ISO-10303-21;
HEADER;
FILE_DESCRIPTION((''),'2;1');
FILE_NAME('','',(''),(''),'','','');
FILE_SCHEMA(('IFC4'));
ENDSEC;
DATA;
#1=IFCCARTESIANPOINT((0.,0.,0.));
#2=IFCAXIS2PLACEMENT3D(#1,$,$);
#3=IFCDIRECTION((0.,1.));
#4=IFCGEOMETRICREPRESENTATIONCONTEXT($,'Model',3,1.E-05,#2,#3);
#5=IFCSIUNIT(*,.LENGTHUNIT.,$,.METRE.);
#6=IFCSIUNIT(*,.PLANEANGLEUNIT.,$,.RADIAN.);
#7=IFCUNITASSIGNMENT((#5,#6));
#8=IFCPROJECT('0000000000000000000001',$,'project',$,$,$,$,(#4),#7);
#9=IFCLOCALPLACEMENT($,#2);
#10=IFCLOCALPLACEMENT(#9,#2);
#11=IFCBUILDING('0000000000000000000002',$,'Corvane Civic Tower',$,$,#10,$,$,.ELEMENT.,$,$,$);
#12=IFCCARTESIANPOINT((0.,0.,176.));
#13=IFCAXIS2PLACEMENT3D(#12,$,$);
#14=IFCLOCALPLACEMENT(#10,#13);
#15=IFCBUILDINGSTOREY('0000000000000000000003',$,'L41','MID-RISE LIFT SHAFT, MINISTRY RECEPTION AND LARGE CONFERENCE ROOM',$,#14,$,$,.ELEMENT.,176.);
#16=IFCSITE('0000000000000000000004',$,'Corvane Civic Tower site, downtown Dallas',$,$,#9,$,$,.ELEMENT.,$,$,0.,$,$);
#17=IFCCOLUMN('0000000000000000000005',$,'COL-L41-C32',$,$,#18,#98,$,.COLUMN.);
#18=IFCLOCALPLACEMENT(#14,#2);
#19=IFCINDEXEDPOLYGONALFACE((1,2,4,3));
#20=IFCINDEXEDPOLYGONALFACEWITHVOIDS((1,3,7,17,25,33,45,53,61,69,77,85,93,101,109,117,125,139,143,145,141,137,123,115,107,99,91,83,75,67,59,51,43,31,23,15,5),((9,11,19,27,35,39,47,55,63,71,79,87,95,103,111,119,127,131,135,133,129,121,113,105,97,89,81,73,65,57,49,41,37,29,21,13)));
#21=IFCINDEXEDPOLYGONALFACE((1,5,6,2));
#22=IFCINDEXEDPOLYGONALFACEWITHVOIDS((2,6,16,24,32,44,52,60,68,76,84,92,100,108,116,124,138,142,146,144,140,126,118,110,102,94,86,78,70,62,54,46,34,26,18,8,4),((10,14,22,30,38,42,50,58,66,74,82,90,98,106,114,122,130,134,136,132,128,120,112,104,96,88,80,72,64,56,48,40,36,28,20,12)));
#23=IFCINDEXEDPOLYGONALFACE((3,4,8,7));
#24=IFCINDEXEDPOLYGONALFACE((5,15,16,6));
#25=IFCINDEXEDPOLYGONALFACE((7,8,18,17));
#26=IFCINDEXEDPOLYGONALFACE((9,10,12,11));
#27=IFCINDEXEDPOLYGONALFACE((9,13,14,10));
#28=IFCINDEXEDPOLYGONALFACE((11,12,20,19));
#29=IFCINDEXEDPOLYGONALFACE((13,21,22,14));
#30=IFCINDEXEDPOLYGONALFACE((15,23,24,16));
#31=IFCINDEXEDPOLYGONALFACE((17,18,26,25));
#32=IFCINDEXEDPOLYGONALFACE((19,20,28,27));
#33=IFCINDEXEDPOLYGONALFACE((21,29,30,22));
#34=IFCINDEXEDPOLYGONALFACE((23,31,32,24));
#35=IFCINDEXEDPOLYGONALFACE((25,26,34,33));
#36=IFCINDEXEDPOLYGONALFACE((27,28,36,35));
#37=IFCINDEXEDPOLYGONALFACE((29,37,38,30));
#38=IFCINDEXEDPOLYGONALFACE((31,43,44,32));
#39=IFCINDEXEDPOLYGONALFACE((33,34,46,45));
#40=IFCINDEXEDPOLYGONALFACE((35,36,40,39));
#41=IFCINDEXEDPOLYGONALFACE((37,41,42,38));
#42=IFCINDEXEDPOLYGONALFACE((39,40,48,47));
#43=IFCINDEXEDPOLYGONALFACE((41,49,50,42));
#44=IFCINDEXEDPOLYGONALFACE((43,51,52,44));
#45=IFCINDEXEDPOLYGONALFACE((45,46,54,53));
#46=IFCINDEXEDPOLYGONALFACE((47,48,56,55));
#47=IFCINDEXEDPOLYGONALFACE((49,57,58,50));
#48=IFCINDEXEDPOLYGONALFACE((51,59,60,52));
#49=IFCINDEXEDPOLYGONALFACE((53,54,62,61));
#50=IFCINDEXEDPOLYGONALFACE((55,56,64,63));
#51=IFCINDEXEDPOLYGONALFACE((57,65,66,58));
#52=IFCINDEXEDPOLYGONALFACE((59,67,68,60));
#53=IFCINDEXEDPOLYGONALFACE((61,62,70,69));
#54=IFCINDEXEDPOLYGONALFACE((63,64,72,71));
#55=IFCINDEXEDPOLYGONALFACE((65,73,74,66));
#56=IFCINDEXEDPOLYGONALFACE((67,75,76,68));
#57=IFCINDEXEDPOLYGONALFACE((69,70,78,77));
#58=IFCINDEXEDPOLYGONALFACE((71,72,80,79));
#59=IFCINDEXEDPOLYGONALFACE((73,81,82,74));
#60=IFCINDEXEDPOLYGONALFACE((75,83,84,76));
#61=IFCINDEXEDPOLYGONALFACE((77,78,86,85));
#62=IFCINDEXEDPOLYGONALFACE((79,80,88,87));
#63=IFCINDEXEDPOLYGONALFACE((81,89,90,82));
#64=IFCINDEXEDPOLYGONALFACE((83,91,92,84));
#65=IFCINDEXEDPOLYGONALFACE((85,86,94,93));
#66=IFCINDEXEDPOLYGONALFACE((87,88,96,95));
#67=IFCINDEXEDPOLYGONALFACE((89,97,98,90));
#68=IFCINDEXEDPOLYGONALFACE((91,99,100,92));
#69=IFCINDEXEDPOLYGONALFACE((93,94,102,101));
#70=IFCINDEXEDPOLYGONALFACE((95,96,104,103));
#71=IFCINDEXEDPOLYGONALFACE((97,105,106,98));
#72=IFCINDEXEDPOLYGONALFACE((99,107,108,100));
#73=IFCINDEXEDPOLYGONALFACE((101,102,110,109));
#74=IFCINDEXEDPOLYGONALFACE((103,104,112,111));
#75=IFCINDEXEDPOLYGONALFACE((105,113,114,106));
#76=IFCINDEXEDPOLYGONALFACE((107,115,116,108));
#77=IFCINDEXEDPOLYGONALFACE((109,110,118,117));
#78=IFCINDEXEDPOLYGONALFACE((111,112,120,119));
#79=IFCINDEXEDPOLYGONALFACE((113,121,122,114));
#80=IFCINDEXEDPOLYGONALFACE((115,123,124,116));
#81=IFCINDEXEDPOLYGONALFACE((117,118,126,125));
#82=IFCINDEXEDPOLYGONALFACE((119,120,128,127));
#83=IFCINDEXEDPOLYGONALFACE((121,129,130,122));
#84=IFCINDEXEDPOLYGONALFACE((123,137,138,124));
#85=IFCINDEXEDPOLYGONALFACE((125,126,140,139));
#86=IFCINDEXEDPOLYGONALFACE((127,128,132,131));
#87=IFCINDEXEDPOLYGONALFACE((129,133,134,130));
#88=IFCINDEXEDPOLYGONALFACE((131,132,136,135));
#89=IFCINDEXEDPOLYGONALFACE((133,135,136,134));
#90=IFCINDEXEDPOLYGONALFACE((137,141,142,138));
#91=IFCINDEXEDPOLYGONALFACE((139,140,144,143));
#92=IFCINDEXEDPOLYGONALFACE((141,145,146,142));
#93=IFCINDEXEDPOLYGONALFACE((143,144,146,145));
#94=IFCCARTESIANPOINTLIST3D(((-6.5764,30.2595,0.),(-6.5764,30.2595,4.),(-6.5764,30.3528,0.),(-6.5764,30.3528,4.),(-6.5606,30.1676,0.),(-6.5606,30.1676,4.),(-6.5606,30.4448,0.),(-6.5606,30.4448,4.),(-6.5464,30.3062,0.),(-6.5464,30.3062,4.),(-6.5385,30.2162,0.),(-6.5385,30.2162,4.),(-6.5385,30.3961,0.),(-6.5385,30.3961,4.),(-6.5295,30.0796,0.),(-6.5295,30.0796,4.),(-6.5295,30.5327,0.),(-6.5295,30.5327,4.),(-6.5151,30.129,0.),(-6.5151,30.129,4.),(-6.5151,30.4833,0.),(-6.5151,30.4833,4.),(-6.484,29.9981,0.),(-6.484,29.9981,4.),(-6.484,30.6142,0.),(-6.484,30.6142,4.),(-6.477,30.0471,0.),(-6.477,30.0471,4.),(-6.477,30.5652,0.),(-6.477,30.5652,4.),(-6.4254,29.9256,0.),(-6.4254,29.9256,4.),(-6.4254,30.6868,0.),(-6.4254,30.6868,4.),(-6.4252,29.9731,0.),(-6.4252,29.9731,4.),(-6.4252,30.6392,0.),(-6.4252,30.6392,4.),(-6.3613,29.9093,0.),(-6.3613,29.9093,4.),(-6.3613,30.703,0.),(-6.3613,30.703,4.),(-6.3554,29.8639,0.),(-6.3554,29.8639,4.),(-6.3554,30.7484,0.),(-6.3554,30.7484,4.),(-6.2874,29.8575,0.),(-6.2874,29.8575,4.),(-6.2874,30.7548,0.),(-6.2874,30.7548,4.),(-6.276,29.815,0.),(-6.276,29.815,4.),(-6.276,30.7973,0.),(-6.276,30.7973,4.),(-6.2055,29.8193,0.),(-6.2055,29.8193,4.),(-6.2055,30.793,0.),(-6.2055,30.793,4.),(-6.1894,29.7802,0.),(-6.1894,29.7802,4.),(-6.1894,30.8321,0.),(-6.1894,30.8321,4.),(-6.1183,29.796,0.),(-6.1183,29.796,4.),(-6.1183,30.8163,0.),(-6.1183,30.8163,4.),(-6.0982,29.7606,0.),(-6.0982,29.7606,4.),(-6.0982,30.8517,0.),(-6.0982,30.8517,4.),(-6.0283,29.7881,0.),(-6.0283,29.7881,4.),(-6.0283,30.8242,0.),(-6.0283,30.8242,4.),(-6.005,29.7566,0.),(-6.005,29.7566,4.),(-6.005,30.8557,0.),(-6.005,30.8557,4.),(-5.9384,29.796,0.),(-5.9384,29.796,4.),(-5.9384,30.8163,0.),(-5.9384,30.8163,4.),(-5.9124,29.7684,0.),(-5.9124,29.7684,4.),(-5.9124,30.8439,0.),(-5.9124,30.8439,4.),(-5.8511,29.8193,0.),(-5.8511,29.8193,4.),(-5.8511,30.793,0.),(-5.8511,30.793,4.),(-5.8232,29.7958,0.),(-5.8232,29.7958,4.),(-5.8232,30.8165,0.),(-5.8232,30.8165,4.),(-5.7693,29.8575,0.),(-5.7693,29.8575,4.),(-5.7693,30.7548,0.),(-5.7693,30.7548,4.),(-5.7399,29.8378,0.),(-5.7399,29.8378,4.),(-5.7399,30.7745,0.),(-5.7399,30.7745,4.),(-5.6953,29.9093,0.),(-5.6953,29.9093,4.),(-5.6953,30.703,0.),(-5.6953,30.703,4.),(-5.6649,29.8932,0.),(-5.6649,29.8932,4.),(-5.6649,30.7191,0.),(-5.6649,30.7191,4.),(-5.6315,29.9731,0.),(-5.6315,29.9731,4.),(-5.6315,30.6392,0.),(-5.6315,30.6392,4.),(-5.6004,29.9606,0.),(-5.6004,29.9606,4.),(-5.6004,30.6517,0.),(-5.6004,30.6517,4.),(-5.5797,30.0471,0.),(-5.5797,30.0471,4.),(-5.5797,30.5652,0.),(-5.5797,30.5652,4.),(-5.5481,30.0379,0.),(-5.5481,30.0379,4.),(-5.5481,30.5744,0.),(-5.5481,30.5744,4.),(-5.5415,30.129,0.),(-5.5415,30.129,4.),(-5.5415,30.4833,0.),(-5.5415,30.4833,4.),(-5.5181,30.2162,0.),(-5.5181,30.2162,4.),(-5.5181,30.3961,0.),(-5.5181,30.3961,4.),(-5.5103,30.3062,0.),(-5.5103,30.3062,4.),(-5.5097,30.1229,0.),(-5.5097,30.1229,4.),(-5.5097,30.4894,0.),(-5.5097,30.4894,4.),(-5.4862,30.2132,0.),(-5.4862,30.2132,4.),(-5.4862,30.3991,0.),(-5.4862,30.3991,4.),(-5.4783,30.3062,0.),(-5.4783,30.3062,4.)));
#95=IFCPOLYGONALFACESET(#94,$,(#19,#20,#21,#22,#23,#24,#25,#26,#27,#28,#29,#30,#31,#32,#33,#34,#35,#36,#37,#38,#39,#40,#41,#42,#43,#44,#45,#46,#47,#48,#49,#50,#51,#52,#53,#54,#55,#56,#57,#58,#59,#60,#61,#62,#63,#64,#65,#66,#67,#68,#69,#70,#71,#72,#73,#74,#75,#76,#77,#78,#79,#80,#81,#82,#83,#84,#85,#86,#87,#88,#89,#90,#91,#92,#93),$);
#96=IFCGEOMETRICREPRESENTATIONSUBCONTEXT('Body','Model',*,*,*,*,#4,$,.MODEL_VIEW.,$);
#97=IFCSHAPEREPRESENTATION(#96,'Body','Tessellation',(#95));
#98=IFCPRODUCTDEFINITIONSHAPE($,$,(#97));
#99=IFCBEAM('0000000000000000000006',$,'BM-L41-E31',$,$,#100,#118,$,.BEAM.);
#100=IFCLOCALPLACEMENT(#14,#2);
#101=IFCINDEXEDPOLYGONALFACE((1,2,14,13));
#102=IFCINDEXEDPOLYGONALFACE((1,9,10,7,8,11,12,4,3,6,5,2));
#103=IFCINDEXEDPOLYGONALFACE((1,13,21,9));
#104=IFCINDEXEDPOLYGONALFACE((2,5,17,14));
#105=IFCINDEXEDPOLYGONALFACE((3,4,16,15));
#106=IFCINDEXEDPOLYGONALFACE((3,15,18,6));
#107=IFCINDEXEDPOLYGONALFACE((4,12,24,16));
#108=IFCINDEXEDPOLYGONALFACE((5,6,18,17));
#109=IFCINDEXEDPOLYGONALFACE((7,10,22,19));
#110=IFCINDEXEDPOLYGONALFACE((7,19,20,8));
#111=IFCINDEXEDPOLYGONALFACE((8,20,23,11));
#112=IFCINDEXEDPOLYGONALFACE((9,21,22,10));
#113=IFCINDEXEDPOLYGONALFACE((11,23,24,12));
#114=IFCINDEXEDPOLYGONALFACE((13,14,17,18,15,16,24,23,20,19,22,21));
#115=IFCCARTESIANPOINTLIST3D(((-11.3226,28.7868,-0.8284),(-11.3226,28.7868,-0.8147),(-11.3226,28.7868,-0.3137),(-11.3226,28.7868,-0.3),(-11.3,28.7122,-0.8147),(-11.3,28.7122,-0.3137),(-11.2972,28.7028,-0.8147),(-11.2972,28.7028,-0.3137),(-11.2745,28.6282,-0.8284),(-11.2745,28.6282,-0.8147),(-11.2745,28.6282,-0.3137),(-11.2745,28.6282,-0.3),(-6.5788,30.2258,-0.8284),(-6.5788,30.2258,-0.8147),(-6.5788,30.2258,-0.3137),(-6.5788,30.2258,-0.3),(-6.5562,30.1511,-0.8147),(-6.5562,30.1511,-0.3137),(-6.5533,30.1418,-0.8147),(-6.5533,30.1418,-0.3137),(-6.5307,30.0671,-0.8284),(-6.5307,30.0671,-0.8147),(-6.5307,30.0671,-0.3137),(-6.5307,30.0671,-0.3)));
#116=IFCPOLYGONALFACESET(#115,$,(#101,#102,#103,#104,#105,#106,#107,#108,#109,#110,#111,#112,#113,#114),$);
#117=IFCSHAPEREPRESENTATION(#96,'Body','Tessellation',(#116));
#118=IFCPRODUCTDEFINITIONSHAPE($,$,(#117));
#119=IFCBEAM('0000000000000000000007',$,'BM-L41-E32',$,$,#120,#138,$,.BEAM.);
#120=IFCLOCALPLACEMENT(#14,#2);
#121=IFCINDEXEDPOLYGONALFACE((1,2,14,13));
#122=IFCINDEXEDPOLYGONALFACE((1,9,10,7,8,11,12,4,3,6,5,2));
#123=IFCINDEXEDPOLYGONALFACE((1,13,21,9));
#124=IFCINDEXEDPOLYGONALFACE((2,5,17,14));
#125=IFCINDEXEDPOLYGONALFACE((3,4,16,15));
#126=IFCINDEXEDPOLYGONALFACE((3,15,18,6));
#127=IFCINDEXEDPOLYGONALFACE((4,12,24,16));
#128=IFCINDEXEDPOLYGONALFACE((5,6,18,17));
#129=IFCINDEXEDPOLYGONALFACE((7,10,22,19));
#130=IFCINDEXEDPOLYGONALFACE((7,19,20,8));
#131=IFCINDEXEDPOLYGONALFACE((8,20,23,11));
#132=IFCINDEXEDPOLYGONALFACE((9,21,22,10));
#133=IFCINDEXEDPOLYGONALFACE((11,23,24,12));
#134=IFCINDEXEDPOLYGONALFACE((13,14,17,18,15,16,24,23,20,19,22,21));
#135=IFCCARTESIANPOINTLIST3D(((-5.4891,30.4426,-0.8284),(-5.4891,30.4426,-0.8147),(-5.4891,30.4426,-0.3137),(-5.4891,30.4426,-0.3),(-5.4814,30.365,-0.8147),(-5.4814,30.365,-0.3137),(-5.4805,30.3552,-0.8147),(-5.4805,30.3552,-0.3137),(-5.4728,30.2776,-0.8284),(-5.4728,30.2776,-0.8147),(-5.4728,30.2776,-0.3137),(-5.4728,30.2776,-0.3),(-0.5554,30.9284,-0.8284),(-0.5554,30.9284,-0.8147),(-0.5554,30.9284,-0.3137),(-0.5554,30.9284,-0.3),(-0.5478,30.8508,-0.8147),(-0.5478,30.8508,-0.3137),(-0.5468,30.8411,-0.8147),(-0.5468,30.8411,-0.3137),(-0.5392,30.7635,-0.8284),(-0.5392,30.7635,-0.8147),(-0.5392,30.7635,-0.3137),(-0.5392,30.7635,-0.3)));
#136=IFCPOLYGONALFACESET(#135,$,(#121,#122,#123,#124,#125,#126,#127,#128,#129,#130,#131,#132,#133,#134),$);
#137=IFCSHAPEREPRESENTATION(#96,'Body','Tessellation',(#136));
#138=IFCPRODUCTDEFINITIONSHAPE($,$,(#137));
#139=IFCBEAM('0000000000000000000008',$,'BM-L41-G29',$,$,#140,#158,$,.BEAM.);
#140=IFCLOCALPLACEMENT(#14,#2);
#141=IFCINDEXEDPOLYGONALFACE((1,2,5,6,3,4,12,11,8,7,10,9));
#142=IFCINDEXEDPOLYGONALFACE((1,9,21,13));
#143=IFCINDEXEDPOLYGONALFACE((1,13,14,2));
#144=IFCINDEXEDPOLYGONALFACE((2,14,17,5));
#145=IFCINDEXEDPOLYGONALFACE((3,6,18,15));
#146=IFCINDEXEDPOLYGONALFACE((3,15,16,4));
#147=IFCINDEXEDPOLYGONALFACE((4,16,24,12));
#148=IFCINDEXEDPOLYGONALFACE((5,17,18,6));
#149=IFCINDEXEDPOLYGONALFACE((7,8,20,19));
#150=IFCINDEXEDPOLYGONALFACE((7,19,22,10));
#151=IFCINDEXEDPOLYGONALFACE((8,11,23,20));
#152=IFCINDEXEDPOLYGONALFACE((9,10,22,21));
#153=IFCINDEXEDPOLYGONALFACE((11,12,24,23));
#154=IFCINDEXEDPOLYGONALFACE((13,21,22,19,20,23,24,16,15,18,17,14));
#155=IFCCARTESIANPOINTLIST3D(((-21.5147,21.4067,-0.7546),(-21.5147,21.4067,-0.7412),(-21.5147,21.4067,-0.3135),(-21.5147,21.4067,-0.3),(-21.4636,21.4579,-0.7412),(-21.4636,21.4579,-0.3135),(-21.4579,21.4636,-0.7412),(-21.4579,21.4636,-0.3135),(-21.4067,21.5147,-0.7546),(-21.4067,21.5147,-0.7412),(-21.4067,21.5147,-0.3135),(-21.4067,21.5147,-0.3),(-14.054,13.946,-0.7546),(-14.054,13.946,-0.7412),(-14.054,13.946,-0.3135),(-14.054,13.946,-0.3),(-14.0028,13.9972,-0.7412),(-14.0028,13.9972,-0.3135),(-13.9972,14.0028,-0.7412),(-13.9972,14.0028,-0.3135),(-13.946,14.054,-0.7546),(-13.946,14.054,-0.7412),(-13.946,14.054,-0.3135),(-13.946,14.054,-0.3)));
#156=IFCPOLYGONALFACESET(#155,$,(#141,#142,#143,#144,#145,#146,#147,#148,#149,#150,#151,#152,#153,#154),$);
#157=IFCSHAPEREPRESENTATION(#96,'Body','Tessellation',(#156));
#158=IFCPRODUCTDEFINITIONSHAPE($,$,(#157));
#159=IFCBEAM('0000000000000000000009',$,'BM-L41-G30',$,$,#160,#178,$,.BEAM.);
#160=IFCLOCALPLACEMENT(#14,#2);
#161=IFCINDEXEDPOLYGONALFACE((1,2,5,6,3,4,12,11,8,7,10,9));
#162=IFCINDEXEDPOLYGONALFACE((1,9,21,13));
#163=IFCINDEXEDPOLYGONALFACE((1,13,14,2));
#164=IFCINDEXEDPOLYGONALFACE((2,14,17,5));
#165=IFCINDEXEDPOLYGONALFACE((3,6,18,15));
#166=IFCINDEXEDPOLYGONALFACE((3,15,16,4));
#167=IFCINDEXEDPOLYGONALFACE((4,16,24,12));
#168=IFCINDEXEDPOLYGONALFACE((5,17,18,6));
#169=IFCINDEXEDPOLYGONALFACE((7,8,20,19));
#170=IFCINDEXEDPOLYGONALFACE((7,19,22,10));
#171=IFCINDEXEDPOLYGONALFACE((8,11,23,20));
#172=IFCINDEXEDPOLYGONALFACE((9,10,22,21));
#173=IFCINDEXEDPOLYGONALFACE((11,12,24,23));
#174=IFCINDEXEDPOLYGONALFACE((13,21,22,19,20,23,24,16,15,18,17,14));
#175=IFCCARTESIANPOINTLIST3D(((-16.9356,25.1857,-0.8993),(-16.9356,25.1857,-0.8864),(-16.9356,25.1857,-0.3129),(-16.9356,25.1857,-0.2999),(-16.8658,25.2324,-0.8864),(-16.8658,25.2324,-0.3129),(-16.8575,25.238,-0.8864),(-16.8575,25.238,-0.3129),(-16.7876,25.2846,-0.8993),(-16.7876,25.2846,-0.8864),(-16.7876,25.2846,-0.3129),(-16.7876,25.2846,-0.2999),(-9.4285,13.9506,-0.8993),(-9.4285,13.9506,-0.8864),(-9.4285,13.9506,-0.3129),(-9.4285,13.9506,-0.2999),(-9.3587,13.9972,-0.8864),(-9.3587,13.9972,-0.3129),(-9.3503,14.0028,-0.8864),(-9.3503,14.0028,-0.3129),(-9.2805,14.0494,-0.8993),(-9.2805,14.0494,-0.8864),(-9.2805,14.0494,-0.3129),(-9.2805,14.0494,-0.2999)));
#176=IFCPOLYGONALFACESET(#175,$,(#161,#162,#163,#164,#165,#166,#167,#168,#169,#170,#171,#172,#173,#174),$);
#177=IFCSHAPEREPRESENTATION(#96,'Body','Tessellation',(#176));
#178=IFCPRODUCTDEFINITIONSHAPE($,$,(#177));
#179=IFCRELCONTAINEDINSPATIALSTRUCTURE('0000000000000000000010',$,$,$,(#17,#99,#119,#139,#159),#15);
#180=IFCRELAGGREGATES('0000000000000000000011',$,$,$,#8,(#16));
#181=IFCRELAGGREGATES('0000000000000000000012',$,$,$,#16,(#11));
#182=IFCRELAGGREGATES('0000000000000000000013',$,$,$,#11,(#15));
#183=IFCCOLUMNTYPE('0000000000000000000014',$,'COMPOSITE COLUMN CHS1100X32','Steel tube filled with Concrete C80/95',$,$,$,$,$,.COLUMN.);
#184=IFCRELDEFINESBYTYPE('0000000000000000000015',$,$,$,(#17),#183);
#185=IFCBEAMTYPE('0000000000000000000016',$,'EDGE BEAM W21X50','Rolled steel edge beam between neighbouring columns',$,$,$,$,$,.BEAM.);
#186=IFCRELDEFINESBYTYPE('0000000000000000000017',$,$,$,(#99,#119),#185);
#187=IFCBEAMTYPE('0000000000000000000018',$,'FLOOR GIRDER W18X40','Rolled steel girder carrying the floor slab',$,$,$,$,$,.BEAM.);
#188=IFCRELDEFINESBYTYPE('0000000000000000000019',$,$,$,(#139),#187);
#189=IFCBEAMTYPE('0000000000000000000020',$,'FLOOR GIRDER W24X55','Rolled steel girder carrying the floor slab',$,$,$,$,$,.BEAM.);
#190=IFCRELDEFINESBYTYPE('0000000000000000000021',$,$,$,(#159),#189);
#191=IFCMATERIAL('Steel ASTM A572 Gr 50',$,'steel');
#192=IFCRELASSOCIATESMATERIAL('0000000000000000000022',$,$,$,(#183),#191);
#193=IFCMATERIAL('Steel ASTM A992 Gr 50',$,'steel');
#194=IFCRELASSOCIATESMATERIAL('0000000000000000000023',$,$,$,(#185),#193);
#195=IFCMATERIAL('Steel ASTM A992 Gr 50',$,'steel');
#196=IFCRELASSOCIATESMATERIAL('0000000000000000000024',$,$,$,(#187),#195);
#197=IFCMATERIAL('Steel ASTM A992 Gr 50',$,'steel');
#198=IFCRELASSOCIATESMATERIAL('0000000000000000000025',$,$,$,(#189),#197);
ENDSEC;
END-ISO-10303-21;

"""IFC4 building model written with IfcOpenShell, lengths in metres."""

from ifc_helpers import new_model, si_unit, direction, frame, origin, origin_2d, place, context, subcontext, project, spatial, hollow_circle, i_section, extrude, material, material_profile, profile_set, type_object, element, save


model = new_model("IFC4")

# Units and contexts
model_context = context("Model", 3, precision=1e-05, world=origin(), true_north=direction((0.0, 1.0)))
body_context = subcontext(model_context, "Body", "Model", "MODEL_VIEW")
ifc_project = project(units=[si_unit("LENGTHUNIT", "METRE"), si_unit("PLANEANGLEUNIT", "RADIAN")], contexts=[model_context])

# Site, building, storey
site_placement = place(None, origin())
site = spatial("IfcSite", under=ifc_project, at=site_placement, Name="Corvane Civic Tower site, downtown Dallas", CompositionType="ELEMENT", RefElevation=0.0)
building_placement = place(site_placement, origin())
building = spatial("IfcBuilding", under=site, at=building_placement, Name="Corvane Civic Tower", CompositionType="ELEMENT")
storey_placement = place(building_placement, frame((0.0, 0.0, 176.0)))
storey = spatial("IfcBuildingStorey", under=building, at=storey_placement, Name="L41", Description="MID-RISE LIFT SHAFT, MINISTRY RECEPTION AND LARGE CONFERENCE ROOM", CompositionType="ELEMENT", Elevation=176.0)

# Column
ifc_material_1 = material(Name="Steel ASTM A572 Gr 50", Category="steel")
ifc_material_profile_1 = material_profile(ifc_material_1, hollow_circle(Radius=0.55, WallThickness=0.032, at=origin_2d()), Name="CHS1100X32")
ifc_profile_set_1 = profile_set([ifc_material_profile_1], Name="Steel ASTM A572 Gr 50")
column_type = type_object("IfcColumnType", Name="COMPOSITE COLUMN CHS1100X32", Description="Steel tube filled with Concrete C80/95", PredefinedType="COLUMN", material=ifc_profile_set_1)
for number, where, z_axis, x_axis, name in (
    (1, (-6.0283, 30.3062, 0.0), (0.0, 0.0, 1.0), (1.0, 0.0, 0.0), "COL-L41-C32"),
):
    element("IfcColumn", number, at=place(storey_placement, frame(where, z_axis=z_axis, x_axis=x_axis)), inside=storey, type_object=column_type, Name=name, PredefinedType="COLUMN", context=body_context, shape_type="SweptSolid", body=[
        extrude(hollow_circle(Radius=0.55, WallThickness=0.032, at=origin_2d()), origin(), (0.0, 0.0, 1.0), 4.0),
    ])

# Beams
ifc_material_2 = material(Name="Steel ASTM A992 Gr 50", Category="steel")
ifc_material_profile_2 = material_profile(ifc_material_2, i_section(OverallWidth=0.1658, OverallDepth=0.5283, WebThickness=0.0098, FlangeThickness=0.0137, at=origin_2d()), Name="W21X50")
ifc_profile_set_2 = profile_set([ifc_material_profile_2], Name="Steel ASTM A992 Gr 50")
beam_type_1 = type_object("IfcBeamType", Name="EDGE BEAM W21X50", Description="Rolled steel edge beam between neighbouring columns", PredefinedType="BEAM", material=ifc_profile_set_2)
beam_1_placement = place(storey_placement, frame((-11.2986, 28.7075, -0.5642), z_axis=(0.956945, 0.29027, 0.0), x_axis=(-0.29027, 0.956945, 0.0)))
element("IfcBeam", 2, at=beam_1_placement, inside=storey, type_object=beam_type_1, Name="BM-L41-E31", PredefinedType="BEAM", context=body_context, shape_type="SweptSolid", body=[
    extrude(i_section(OverallWidth=0.1658, OverallDepth=0.5283, WebThickness=0.0098, FlangeThickness=0.0137, at=origin_2d()), origin(), (0.0, 0.0, 1.0), 4.9573),
])
beam_2_placement = place(storey_placement, frame((-5.481, 30.3601, -0.5642), z_axis=(0.995186, 0.098002, 0.0), x_axis=(-0.098002, 0.995186, 0.0)))
element("IfcBeam", 3, at=beam_2_placement, inside=storey, type_object=beam_type_1, Name="BM-L41-E32", PredefinedType="BEAM", context=body_context, shape_type="SweptSolid", body=[
    extrude(i_section(OverallWidth=0.1658, OverallDepth=0.5283, WebThickness=0.0098, FlangeThickness=0.0137, at=origin_2d()), origin(), (0.0, 0.0, 1.0), 4.9575),
])
ifc_material_3 = material(Name="Steel ASTM A992 Gr 50", Category="steel")
ifc_material_profile_3 = material_profile(ifc_material_3, i_section(OverallWidth=0.1528, OverallDepth=0.4546, WebThickness=0.0081, FlangeThickness=0.0134, at=origin_2d()), Name="W18X40")
ifc_profile_set_3 = profile_set([ifc_material_profile_3], Name="Steel ASTM A992 Gr 50")
beam_type_2 = type_object("IfcBeamType", Name="FLOOR GIRDER W18X40", Description="Rolled steel girder carrying the floor slab", PredefinedType="BEAM", material=ifc_profile_set_3)
beam_3_placement = place(storey_placement, frame((-14.0, 14.0, -0.5273), z_axis=(-0.707107, 0.707107, 0.0), x_axis=(-0.707107, -0.707107, 0.0)))
element("IfcBeam", 4, at=beam_3_placement, inside=storey, type_object=beam_type_2, Name="BM-L41-G29", PredefinedType="BEAM", context=body_context, shape_type="SweptSolid", body=[
    extrude(i_section(OverallWidth=0.1528, OverallDepth=0.4546, WebThickness=0.0081, FlangeThickness=0.0134, at=origin_2d()), origin(), (0.0, 0.0, 1.0), 10.551),
])
ifc_material_4 = material(Name="Steel ASTM A992 Gr 50", Category="steel")
ifc_material_profile_4 = material_profile(ifc_material_4, i_section(OverallWidth=0.178, OverallDepth=0.5994, WebThickness=0.01, FlangeThickness=0.0129, at=origin_2d()), Name="W24X55")
ifc_profile_set_4 = profile_set([ifc_material_profile_4], Name="Steel ASTM A992 Gr 50")
beam_type_3 = type_object("IfcBeamType", Name="FLOOR GIRDER W24X55", Description="Rolled steel girder carrying the floor slab", PredefinedType="BEAM", material=ifc_profile_set_4)
beam_4_placement = place(storey_placement, frame((-9.3545, 14.0, -0.5996), z_axis=(-0.555571, 0.831469, 0.0), x_axis=(-0.831469, -0.555571, 0.0)))
element("IfcBeam", 5, at=beam_4_placement, inside=storey, type_object=beam_type_3, Name="BM-L41-G30", PredefinedType="BEAM", context=body_context, shape_type="SweptSolid", body=[
    extrude(i_section(OverallWidth=0.178, OverallDepth=0.5994, WebThickness=0.01, FlangeThickness=0.0129, at=origin_2d()), origin(), (0.0, 0.0, 1.0), 13.5125),
])

save(model, "model.ifc")
